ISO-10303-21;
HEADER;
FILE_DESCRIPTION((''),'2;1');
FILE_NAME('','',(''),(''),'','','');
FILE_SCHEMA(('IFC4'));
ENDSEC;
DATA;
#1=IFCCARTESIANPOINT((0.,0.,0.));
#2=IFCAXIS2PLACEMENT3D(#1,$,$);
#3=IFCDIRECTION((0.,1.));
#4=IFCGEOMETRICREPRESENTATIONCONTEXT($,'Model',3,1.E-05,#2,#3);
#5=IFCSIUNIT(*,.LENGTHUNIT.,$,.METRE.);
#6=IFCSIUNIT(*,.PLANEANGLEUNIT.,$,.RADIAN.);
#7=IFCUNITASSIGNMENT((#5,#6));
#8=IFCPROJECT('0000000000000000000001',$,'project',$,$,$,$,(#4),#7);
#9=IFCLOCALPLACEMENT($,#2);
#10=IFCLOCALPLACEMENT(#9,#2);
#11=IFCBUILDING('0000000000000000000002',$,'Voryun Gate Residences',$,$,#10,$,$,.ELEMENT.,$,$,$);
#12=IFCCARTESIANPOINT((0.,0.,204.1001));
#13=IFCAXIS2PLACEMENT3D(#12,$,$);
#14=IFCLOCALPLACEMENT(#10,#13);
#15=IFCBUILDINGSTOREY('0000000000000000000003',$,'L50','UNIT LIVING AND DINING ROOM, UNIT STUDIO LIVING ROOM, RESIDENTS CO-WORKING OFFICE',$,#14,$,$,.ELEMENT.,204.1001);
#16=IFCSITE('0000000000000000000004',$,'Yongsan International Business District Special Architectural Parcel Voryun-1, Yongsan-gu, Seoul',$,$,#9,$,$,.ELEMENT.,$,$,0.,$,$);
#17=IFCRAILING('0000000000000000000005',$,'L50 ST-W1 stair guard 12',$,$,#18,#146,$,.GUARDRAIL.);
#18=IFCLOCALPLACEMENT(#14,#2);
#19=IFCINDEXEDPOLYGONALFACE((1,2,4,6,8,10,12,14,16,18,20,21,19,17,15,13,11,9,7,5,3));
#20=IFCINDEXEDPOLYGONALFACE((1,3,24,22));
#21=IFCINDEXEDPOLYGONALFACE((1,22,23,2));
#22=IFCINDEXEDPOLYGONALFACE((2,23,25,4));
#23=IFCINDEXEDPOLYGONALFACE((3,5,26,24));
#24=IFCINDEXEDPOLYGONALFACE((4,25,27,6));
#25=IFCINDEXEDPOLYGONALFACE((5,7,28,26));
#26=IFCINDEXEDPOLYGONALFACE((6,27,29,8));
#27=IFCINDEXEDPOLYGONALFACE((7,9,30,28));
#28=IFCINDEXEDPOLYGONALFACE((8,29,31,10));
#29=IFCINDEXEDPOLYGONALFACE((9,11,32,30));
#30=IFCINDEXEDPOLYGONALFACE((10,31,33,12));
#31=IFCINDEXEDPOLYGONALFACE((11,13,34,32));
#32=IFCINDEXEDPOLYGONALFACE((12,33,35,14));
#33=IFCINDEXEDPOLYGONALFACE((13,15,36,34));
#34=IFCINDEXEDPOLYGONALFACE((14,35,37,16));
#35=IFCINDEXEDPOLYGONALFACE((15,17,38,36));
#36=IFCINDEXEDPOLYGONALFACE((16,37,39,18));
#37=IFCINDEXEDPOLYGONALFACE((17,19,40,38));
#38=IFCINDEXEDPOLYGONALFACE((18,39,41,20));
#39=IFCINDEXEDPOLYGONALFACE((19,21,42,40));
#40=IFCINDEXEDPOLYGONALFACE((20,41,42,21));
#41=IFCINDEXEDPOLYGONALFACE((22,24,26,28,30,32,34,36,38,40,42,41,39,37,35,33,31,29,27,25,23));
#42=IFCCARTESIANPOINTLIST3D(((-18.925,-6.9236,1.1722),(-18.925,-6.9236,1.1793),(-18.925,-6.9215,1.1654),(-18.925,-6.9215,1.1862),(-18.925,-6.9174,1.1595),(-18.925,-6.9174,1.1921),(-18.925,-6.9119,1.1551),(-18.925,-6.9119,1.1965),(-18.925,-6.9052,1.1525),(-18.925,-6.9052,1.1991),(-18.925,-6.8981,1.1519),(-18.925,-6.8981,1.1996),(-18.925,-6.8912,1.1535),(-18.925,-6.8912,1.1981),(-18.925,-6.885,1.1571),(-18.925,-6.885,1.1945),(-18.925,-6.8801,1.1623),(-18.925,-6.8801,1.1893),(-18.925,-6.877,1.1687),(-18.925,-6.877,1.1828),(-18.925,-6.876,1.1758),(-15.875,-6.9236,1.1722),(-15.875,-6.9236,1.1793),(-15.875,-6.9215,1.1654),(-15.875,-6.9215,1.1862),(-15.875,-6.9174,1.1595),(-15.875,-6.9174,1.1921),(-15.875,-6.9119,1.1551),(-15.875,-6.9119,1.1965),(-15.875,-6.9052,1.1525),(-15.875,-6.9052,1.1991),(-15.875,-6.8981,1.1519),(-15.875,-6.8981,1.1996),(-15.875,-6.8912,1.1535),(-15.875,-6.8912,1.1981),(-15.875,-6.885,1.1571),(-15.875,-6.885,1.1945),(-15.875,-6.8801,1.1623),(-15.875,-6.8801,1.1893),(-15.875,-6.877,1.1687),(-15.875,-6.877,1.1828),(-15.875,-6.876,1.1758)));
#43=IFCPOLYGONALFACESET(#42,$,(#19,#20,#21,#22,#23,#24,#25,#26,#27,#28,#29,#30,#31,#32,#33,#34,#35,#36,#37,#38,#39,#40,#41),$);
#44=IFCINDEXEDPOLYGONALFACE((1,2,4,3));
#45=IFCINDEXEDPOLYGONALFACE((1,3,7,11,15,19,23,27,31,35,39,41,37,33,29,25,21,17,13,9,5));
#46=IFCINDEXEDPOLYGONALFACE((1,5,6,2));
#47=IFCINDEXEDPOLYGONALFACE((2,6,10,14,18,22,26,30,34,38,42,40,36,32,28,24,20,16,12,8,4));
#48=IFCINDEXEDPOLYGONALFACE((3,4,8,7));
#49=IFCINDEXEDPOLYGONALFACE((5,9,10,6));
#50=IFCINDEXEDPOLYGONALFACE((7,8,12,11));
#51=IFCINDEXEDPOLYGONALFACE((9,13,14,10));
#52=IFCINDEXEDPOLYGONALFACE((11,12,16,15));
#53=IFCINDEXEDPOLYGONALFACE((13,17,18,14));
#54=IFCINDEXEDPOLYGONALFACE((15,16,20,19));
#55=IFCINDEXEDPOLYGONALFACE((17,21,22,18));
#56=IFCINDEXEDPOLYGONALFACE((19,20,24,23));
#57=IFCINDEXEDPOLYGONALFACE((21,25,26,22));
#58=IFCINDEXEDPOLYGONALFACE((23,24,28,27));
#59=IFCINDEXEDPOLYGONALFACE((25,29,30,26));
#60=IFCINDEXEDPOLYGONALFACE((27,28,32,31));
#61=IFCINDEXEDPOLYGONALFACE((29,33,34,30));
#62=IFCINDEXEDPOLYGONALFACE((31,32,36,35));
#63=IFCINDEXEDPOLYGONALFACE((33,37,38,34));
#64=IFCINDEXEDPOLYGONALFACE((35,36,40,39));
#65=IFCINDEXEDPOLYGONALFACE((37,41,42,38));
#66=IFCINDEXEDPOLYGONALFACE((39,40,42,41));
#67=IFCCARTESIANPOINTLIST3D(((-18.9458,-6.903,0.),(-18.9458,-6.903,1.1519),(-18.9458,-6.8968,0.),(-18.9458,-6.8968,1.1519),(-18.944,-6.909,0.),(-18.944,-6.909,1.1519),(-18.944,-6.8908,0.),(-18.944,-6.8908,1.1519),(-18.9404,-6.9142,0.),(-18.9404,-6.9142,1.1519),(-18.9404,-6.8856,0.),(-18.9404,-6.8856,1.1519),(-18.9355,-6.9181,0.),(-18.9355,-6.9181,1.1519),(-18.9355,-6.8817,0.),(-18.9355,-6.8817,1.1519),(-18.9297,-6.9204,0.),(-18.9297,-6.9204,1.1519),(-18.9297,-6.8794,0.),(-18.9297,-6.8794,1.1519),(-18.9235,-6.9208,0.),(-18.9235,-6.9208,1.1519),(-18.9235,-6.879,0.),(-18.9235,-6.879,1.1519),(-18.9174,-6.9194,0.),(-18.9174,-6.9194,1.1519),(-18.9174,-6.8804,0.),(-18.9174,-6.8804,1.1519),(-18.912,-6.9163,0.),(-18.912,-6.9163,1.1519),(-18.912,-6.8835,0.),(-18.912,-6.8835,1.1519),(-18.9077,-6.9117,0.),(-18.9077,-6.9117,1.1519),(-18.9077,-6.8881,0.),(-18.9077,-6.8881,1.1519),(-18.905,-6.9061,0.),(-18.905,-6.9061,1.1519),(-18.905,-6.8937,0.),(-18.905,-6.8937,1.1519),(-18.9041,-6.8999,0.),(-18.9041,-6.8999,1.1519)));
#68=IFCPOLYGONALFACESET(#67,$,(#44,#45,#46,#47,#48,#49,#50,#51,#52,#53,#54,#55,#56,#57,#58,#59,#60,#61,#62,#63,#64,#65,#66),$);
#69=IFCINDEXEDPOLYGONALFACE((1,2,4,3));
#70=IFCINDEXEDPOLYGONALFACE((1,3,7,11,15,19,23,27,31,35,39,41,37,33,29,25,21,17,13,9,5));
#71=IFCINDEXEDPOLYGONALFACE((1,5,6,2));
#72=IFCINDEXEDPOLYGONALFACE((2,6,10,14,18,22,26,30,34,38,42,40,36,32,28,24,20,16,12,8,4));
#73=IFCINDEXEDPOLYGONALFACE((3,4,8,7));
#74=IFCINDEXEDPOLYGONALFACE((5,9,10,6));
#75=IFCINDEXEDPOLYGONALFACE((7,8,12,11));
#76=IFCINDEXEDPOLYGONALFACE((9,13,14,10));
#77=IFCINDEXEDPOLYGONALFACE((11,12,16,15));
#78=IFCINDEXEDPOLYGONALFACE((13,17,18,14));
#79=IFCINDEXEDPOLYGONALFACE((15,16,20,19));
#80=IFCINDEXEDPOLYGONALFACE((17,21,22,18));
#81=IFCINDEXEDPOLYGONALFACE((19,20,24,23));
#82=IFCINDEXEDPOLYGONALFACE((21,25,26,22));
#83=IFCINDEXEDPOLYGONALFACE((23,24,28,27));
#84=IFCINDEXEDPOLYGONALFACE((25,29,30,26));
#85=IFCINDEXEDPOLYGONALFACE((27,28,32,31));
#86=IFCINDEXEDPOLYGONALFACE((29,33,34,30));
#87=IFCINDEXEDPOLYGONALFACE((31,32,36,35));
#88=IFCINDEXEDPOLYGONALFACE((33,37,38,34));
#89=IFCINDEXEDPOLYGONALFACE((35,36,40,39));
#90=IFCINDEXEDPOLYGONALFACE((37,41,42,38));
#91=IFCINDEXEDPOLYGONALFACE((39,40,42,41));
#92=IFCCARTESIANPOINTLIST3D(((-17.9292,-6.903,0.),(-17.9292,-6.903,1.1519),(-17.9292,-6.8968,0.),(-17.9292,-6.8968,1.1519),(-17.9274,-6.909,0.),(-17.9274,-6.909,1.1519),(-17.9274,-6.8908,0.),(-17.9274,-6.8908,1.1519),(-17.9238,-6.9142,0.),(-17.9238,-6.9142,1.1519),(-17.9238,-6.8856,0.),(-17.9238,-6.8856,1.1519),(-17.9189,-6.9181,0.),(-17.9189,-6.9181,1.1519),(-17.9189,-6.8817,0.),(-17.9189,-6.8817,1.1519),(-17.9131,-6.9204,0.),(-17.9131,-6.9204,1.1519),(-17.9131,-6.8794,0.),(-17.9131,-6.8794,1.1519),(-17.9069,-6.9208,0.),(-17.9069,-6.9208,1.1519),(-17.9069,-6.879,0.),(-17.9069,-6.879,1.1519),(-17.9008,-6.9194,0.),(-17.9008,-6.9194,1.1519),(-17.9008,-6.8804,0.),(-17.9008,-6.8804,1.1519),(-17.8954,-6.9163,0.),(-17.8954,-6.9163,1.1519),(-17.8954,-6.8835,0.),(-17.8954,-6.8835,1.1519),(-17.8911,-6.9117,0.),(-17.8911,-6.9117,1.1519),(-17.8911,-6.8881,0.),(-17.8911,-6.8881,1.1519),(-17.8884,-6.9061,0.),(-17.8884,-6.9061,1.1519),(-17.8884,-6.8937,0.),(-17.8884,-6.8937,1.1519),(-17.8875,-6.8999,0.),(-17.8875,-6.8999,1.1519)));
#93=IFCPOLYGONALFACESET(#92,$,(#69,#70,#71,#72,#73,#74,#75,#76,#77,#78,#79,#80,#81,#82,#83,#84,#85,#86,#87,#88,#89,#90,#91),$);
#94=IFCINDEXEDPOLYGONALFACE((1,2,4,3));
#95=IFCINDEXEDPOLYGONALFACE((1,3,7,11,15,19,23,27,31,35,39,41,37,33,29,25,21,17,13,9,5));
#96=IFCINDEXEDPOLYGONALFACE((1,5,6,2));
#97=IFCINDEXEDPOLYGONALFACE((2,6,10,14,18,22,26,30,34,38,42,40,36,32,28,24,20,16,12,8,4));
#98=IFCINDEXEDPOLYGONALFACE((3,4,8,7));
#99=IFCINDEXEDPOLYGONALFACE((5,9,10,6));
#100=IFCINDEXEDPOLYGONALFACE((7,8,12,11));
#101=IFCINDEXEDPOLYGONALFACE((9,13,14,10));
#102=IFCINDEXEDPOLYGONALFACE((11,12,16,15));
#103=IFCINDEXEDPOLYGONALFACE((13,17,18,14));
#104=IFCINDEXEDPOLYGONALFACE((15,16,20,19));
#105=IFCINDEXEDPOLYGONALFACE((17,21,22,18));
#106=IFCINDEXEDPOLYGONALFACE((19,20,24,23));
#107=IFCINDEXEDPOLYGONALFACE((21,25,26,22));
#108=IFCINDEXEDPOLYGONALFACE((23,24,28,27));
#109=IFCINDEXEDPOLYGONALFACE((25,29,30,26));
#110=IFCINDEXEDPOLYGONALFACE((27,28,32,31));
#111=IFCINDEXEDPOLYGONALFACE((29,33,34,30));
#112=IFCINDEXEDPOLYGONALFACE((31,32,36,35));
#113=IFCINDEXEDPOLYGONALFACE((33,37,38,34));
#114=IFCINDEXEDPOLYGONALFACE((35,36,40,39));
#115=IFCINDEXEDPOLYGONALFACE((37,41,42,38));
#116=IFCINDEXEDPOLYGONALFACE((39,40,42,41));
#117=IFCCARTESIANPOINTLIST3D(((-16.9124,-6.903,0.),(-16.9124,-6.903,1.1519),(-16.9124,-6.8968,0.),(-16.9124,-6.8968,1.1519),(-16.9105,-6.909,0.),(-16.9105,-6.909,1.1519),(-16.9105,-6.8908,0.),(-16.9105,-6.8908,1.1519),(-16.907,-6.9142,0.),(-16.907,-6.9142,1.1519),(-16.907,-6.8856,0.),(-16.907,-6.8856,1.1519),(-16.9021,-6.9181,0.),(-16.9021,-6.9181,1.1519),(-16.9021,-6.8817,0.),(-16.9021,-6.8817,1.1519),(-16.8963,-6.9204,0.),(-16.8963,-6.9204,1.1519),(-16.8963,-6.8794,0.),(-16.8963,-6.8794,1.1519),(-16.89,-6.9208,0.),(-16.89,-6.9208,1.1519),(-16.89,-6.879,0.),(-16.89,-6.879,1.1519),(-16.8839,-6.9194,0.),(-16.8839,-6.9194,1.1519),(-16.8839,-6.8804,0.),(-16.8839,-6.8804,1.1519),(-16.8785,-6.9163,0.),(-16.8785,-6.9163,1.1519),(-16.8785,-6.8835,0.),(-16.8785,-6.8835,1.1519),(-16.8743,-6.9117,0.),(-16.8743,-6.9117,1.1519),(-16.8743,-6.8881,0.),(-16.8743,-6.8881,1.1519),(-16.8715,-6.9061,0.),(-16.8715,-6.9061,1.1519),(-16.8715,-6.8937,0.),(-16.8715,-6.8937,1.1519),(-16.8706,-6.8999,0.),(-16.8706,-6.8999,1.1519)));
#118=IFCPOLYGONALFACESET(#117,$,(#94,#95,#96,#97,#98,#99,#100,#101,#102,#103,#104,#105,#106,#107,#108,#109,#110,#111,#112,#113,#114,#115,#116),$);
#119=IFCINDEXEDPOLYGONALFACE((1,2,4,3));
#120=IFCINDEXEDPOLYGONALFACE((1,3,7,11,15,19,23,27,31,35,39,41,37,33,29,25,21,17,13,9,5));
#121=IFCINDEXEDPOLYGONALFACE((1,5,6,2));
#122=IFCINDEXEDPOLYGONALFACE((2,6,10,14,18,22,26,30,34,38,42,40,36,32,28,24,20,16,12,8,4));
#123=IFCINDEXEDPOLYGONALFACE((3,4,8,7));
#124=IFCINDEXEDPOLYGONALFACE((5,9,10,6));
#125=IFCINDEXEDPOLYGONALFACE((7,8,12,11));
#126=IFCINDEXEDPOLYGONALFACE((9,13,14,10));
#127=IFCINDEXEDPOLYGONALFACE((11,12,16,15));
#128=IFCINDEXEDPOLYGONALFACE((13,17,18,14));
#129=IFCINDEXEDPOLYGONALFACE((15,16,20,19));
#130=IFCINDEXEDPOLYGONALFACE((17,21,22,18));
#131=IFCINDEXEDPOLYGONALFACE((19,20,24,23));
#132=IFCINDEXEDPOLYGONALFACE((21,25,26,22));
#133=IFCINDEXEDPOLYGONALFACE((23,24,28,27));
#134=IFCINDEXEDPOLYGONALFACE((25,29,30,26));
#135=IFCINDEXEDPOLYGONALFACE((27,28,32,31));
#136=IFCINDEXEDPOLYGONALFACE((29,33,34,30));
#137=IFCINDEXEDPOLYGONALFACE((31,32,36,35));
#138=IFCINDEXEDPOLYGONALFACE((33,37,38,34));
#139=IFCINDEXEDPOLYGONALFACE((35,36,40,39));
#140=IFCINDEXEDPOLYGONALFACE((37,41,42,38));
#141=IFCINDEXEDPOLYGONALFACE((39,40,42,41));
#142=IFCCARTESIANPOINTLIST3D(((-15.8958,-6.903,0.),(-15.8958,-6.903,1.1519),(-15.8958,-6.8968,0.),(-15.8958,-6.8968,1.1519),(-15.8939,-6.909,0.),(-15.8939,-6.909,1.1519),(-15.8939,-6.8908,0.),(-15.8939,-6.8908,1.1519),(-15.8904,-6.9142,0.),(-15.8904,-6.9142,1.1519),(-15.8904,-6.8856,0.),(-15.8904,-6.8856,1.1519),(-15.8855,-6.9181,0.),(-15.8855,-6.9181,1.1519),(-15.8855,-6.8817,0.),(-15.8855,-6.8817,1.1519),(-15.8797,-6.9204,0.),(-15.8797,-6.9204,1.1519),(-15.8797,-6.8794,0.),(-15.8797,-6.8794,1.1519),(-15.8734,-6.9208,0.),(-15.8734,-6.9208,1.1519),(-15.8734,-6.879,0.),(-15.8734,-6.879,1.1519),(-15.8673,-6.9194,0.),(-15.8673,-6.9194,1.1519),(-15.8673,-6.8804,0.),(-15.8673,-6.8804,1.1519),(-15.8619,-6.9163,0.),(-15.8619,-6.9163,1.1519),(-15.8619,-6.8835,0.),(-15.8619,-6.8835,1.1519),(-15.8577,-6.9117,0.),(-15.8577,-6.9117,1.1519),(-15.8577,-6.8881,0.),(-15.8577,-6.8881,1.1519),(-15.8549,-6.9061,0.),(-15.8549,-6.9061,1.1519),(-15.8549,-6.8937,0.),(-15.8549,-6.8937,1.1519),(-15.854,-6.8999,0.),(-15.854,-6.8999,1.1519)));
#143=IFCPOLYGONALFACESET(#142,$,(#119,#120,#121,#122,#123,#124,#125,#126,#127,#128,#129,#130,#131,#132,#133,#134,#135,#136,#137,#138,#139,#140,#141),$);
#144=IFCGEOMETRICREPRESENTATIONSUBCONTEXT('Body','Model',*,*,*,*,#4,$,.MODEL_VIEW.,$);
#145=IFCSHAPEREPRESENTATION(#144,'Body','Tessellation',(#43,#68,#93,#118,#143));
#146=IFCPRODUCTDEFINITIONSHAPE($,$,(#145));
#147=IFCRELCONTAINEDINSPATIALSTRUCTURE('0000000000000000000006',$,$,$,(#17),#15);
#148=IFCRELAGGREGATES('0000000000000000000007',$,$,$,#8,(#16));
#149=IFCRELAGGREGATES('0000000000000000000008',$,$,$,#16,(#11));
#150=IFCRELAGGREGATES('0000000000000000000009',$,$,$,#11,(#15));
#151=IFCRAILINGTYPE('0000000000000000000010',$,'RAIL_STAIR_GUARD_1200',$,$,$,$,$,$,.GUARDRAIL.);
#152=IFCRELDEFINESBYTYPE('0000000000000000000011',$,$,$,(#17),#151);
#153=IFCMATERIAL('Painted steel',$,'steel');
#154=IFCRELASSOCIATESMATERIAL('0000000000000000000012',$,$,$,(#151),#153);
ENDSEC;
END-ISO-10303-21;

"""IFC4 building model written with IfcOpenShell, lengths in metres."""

from ifc_helpers import new_model, si_unit, direction, frame, origin, origin_2d, place, context, subcontext, project, spatial, circle, extrude, material, type_object, element, save


model = new_model("IFC4")

# Units and contexts
model_context = context("Model", 3, precision=1e-05, world=origin(), true_north=direction((0.0, 1.0)))
body_context = subcontext(model_context, "Body", "Model", "MODEL_VIEW")
ifc_project = project(units=[si_unit("LENGTHUNIT", "METRE"), si_unit("PLANEANGLEUNIT", "RADIAN")], contexts=[model_context])

# Site, building, storey
site_placement = place(None, origin())
site = spatial("IfcSite", under=ifc_project, at=site_placement, Name="Yongsan International Business District Special Architectural Parcel Voryun-1, Yongsan-gu, Seoul", CompositionType="ELEMENT", RefElevation=0.0)
building_placement = place(site_placement, origin())
building = spatial("IfcBuilding", under=site, at=building_placement, Name="Voryun Gate Residences", CompositionType="ELEMENT")
storey_placement = place(building_placement, frame((0.0, 0.0, 204.1001)))
storey = spatial("IfcBuildingStorey", under=building, at=storey_placement, Name="L50", Description="UNIT LIVING AND DINING ROOM, UNIT STUDIO LIVING ROOM, RESIDENTS CO-WORKING OFFICE", CompositionType="ELEMENT", Elevation=204.1001)

# Railing
ifc_material_1 = material(Name="Painted steel", Category="steel")
railing_type = type_object("IfcRailingType", Name="RAIL_STAIR_GUARD_1200", PredefinedType="GUARDRAIL", material=ifc_material_1)
railing_1_placement = place(storey_placement, frame((-18.925, -6.8999, 0.0)))
element("IfcRailing", 1, at=railing_1_placement, inside=storey, type_object=railing_type, Name="L50 ST-W1 stair guard 12", PredefinedType="GUARDRAIL", context=body_context, shape_type="SweptSolid", body=[
    extrude(circle(Radius=0.0239, at=origin_2d()), frame((0.0, 0.0, 1.1758), z_axis=(1.0, 0.0, 0.0), x_axis=(0.0, 1.0, 0.0)), (0.0, 0.0, 1.0), 3.05),
    extrude(circle(Radius=0.021, at=origin_2d()), origin(), (0.0, 0.0, 1.0), 1.1519),
    extrude(circle(Radius=0.021, at=origin_2d()), frame((1.0166, 0.0, 0.0)), (0.0, 0.0, 1.0), 1.1519),
    extrude(circle(Radius=0.021, at=origin_2d()), frame((2.0334, 0.0, 0.0)), (0.0, 0.0, 1.0), 1.1519),
    extrude(circle(Radius=0.021, at=origin_2d()), frame((3.05, 0.0, 0.0)), (0.0, 0.0, 1.0), 1.1519),
])

save(model, "model.ifc")
